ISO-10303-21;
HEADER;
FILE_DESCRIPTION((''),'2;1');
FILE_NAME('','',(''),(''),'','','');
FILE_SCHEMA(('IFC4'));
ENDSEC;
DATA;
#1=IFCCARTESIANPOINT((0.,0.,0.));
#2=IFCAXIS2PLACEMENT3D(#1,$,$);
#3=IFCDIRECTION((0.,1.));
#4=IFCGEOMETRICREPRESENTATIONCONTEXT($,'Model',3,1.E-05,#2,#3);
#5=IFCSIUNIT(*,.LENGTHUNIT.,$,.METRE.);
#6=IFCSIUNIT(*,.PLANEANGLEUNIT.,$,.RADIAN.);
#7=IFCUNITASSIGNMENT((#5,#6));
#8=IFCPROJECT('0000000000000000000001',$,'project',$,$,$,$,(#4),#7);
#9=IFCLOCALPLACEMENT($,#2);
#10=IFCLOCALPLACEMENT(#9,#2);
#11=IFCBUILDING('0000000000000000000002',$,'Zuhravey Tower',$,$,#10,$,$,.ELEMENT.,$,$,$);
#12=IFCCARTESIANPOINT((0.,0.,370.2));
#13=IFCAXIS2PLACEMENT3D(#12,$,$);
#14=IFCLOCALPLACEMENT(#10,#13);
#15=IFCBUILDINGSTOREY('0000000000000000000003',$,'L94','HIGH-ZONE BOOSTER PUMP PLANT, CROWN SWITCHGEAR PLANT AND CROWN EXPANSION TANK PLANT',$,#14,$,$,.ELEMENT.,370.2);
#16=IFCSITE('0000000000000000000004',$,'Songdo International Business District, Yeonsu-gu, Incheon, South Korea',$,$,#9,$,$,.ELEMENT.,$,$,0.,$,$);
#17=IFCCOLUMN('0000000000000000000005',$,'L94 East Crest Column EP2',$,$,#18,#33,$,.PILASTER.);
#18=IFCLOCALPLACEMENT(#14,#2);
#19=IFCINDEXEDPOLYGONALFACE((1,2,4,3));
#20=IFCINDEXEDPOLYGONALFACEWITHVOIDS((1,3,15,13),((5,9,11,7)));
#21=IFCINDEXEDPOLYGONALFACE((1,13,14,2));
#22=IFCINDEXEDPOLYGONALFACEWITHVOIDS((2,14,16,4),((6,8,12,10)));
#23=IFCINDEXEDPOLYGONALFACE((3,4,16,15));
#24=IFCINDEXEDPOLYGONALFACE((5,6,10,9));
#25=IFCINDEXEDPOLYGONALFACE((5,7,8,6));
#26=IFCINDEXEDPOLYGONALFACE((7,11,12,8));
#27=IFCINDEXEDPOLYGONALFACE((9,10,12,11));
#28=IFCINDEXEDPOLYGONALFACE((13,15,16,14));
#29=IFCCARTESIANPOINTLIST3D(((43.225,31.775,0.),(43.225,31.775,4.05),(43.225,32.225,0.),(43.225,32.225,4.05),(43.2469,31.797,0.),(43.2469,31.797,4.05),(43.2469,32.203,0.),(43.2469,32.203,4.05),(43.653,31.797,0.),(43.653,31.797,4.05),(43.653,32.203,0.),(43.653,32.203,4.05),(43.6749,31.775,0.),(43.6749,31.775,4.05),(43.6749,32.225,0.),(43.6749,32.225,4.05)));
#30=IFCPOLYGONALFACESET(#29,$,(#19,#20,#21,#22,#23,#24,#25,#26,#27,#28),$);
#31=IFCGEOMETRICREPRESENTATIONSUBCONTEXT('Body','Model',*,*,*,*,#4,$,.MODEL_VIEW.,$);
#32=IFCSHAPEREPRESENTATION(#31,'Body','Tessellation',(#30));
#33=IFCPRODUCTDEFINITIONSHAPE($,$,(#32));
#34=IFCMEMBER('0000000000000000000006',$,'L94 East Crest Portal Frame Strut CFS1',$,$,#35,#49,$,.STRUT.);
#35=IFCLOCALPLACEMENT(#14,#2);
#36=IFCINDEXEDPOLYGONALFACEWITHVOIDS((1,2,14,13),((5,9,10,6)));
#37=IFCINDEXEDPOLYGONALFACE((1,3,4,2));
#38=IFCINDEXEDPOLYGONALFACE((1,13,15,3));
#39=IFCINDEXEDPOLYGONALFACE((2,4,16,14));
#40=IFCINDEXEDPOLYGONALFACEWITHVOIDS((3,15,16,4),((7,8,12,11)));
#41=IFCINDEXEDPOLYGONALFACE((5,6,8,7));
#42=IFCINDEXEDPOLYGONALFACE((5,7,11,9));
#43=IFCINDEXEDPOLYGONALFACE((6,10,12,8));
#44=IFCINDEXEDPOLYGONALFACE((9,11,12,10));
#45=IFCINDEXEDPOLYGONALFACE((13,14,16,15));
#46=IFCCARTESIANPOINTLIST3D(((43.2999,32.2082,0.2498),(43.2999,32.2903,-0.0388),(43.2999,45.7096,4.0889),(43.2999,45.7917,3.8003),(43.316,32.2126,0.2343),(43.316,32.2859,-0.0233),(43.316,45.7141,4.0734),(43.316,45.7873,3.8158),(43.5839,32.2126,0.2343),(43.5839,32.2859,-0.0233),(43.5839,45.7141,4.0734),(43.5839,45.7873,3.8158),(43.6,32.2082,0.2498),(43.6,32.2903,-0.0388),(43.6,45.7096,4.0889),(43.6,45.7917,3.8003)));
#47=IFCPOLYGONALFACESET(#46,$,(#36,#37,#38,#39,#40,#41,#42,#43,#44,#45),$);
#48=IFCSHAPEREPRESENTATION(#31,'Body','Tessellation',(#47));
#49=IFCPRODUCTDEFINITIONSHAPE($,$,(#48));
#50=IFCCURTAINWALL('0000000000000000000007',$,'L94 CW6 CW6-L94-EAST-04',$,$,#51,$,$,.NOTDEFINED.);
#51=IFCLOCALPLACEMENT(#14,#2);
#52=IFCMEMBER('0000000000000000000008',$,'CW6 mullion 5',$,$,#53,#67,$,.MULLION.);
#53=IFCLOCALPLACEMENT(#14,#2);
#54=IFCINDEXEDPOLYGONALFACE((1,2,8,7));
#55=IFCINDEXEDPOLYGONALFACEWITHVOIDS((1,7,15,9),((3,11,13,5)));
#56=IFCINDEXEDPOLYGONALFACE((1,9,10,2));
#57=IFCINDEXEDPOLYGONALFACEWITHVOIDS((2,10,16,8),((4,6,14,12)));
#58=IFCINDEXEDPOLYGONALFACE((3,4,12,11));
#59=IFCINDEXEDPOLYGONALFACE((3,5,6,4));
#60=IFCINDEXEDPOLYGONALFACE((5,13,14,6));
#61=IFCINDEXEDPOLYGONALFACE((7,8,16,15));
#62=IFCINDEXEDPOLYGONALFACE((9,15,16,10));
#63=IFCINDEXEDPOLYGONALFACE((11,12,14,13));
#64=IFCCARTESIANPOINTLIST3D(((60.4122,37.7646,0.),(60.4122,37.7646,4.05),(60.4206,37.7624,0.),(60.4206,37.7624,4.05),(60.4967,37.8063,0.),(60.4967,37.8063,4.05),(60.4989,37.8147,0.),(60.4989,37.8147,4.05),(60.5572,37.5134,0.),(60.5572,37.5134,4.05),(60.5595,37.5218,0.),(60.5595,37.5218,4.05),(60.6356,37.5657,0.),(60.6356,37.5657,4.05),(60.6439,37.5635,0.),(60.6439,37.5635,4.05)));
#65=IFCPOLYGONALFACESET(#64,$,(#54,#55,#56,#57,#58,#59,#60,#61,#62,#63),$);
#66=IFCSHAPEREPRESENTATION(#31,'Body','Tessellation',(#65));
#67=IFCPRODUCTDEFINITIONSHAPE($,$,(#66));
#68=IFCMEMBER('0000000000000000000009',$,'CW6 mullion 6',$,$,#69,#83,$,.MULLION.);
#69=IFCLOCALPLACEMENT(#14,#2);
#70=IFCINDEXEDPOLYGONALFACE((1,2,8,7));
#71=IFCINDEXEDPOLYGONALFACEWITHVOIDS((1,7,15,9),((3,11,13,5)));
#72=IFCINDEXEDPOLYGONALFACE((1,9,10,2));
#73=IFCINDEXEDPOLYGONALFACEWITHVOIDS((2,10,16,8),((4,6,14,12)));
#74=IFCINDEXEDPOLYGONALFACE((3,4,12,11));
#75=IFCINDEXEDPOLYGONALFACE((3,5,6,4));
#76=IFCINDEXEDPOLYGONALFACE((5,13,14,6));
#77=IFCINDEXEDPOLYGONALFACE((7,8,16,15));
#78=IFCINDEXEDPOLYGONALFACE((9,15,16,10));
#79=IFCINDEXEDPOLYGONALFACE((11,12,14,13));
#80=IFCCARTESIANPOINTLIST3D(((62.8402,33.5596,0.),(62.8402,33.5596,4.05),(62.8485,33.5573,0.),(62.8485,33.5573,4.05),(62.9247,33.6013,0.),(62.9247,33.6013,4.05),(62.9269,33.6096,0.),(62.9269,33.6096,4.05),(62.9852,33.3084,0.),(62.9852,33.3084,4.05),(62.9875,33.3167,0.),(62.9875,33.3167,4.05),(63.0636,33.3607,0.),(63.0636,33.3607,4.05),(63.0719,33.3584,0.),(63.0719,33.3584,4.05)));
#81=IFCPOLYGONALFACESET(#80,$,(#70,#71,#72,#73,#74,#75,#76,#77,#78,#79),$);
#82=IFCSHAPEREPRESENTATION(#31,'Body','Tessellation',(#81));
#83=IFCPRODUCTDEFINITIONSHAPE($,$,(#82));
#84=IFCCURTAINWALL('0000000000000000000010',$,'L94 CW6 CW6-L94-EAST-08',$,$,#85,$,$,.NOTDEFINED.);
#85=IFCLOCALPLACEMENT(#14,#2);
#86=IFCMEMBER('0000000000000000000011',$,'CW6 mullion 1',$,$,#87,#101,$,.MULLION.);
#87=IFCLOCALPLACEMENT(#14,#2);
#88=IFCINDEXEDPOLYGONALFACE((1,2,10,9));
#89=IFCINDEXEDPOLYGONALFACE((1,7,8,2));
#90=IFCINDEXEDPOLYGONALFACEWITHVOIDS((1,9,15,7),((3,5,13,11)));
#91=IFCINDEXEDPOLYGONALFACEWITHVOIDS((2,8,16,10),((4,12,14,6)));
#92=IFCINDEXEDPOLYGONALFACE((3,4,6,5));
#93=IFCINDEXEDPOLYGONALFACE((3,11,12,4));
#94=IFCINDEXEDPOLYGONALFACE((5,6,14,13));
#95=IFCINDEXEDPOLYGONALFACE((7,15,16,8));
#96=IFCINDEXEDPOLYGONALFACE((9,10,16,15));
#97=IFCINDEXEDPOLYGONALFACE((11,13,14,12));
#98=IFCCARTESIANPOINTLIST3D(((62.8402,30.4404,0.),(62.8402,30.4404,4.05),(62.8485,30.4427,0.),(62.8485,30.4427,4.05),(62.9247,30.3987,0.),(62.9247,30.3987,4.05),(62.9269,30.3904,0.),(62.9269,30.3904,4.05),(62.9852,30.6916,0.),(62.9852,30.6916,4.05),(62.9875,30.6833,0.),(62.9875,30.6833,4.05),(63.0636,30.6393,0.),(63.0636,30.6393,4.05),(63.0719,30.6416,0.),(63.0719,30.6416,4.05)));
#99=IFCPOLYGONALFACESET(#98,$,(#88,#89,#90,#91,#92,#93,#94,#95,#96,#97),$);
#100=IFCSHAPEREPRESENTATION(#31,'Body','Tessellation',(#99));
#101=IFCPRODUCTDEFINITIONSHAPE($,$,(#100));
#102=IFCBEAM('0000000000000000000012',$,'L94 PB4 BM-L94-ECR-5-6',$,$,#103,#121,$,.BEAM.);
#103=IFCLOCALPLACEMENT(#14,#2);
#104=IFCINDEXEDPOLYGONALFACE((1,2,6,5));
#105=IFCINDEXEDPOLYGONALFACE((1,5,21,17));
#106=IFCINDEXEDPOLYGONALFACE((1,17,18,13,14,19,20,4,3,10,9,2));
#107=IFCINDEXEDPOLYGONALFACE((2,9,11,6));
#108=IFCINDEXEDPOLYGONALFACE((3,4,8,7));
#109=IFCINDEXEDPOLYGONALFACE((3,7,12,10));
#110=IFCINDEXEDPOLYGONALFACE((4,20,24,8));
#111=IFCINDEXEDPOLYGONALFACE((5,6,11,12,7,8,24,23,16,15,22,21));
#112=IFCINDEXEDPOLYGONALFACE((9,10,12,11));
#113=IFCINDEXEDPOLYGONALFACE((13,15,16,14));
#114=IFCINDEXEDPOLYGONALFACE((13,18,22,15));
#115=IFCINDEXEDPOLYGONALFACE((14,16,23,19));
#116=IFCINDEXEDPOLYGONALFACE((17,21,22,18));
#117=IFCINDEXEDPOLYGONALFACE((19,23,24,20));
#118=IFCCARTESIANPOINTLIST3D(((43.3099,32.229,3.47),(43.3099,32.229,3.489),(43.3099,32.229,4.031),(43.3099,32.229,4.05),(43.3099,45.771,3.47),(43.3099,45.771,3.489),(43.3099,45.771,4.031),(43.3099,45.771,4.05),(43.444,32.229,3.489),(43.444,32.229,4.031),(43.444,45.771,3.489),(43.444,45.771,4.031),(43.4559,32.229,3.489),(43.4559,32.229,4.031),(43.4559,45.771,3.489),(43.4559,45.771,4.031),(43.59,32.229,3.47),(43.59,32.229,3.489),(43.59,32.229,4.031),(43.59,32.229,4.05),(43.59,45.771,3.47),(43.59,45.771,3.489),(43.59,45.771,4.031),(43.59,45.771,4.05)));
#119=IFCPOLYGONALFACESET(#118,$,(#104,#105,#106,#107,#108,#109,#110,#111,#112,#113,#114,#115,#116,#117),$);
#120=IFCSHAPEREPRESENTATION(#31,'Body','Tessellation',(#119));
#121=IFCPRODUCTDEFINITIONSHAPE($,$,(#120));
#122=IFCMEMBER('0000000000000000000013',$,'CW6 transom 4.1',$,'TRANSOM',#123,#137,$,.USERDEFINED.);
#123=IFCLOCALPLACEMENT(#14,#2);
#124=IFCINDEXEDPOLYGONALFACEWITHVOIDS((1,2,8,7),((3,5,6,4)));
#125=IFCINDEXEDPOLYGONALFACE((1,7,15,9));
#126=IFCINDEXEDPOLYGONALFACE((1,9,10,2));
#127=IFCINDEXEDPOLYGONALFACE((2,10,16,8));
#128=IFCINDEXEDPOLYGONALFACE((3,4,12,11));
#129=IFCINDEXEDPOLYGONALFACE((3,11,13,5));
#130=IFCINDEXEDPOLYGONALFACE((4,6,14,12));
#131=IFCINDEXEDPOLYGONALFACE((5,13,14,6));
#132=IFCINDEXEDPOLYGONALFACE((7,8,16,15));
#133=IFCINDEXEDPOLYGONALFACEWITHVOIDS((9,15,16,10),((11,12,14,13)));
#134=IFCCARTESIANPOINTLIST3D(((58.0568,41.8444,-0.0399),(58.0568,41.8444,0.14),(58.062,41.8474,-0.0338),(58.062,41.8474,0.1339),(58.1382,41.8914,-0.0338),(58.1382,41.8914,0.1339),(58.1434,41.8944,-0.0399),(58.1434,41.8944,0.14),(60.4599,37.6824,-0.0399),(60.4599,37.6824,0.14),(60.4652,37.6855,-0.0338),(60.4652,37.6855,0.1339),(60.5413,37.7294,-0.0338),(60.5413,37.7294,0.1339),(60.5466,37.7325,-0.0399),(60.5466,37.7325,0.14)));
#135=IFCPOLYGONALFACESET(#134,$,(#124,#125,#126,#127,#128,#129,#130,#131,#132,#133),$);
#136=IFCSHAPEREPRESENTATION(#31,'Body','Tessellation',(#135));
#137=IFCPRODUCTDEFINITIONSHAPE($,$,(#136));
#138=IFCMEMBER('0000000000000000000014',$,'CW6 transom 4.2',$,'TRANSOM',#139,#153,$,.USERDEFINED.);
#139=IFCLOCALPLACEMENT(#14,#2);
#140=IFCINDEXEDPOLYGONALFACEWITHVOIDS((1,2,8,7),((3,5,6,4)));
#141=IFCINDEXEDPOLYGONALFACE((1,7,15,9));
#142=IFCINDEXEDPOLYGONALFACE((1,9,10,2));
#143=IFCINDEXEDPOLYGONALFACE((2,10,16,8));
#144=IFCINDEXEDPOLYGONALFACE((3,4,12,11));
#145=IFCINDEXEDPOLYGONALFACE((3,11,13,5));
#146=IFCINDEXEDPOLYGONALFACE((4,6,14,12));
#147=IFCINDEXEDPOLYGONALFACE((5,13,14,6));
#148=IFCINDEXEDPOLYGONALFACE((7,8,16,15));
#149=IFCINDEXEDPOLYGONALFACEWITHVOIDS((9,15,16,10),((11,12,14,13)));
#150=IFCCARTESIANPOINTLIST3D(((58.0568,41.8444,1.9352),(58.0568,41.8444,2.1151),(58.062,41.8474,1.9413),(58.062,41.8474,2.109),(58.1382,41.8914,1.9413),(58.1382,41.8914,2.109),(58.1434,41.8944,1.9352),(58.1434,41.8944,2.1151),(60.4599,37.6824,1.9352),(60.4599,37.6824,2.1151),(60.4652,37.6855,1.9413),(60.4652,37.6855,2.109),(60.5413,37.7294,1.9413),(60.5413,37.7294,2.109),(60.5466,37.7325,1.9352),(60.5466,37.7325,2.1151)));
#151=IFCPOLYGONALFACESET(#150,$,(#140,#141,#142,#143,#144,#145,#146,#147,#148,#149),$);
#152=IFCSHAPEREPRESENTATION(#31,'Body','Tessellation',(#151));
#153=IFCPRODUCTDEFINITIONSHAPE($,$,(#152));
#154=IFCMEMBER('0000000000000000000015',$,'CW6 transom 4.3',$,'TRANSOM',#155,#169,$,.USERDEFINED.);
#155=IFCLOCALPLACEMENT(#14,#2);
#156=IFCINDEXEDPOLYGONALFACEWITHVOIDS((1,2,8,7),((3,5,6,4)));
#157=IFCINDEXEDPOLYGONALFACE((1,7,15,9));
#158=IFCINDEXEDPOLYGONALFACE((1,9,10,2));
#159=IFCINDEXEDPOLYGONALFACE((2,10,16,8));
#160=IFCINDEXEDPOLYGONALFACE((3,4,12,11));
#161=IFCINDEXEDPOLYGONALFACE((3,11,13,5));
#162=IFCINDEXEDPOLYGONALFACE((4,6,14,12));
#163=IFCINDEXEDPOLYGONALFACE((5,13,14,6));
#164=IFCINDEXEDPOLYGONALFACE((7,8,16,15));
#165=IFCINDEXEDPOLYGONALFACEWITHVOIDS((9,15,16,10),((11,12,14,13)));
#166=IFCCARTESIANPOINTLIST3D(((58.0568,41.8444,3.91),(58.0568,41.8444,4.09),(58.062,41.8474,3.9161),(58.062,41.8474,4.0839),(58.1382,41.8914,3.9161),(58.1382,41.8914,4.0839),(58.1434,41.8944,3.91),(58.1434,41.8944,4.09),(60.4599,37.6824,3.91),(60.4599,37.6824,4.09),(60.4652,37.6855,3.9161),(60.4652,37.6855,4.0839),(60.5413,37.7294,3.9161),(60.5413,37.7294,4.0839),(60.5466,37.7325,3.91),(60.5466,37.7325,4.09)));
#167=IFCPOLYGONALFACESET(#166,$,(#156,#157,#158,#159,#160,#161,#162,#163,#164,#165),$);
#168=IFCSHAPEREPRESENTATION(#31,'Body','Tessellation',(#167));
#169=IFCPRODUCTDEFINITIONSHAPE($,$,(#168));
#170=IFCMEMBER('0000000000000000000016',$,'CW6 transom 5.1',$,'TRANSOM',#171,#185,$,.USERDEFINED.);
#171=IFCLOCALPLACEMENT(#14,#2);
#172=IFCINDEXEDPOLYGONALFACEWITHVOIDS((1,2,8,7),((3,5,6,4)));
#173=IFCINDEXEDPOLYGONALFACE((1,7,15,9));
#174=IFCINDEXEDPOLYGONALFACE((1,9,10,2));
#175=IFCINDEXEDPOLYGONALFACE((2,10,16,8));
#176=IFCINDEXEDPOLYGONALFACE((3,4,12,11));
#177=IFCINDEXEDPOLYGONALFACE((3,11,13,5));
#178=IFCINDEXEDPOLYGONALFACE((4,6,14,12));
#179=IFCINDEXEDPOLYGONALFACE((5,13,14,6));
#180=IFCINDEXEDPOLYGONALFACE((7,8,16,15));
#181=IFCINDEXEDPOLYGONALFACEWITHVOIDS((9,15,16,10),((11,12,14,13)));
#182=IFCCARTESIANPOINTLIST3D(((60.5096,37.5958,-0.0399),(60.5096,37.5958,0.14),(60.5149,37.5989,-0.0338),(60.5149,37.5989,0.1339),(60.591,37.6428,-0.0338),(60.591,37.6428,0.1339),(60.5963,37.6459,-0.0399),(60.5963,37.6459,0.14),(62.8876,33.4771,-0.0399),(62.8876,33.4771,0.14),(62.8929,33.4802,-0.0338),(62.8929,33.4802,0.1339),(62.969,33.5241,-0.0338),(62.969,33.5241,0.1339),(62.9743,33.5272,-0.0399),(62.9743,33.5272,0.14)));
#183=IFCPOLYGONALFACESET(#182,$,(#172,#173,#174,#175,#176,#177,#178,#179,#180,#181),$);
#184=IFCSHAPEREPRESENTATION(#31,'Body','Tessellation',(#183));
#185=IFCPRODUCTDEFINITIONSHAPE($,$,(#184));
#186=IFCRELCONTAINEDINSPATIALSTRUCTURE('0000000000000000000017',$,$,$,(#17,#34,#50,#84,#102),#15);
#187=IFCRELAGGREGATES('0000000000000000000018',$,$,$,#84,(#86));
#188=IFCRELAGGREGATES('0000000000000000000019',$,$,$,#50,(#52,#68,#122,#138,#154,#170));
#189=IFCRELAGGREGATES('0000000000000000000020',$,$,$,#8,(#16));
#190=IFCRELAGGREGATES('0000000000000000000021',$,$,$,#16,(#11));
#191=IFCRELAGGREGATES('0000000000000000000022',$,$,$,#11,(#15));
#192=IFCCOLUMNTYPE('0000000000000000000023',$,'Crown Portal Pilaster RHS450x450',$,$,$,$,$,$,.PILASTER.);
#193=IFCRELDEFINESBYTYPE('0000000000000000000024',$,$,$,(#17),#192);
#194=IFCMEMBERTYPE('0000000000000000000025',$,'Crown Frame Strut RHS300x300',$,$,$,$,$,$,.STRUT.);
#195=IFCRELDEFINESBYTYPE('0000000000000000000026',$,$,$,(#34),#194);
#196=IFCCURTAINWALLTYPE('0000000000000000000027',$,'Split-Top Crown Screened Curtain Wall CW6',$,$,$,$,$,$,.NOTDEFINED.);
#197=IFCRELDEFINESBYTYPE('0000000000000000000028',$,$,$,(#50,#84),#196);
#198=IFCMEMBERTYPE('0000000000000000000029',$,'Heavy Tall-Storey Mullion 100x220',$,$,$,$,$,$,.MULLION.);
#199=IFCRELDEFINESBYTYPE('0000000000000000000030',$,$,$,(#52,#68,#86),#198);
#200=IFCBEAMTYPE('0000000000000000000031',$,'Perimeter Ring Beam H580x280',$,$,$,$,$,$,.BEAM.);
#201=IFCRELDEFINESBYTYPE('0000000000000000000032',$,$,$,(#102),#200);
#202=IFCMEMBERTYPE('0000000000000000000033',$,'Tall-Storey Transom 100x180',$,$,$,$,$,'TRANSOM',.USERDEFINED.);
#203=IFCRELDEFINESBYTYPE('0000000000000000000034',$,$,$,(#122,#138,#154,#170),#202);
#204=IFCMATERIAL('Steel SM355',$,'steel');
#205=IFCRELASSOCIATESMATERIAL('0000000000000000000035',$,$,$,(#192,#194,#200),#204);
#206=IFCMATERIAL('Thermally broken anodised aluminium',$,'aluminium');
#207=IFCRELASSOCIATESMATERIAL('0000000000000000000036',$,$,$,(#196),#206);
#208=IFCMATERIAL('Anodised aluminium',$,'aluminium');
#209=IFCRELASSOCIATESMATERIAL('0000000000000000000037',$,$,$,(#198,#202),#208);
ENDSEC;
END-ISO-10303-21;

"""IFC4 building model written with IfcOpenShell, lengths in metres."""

from ifc_helpers import new_model, si_unit, direction, frame, origin, origin_2d, place, context, subcontext, project, spatial, hollow_rectangle, i_section, extrude, material, material_profile, profile_set, type_object, element, aggregate, save


model = new_model("IFC4")

# Units and contexts
model_context = context("Model", 3, precision=1e-05, world=origin(), true_north=direction((0.0, 1.0)))
body_context = subcontext(model_context, "Body", "Model", "MODEL_VIEW")
ifc_project = project(units=[si_unit("LENGTHUNIT", "METRE"), si_unit("PLANEANGLEUNIT", "RADIAN")], contexts=[model_context])

# Site, building, storey
site_placement = place(None, origin())
site = spatial("IfcSite", under=ifc_project, at=site_placement, Name="Songdo International Business District, Yeonsu-gu, Incheon, South Korea", CompositionType="ELEMENT", RefElevation=0.0)
building_placement = place(site_placement, origin())
building = spatial("IfcBuilding", under=site, at=building_placement, Name="Zuhravey Tower", CompositionType="ELEMENT")
storey_placement = place(building_placement, frame((0.0, 0.0, 370.2)))
storey = spatial("IfcBuildingStorey", under=building, at=storey_placement, Name="L94", Description="HIGH-ZONE BOOSTER PUMP PLANT, CROWN SWITCHGEAR PLANT AND CROWN EXPANSION TANK PLANT", CompositionType="ELEMENT", Elevation=370.2)

# Column
ifc_material_1 = material(Name="Steel SM355", Category="steel")
ifc_material_profile_1 = material_profile(ifc_material_1, hollow_rectangle(XDim=0.45, YDim=0.45, WallThickness=0.022, at=origin_2d()), Name="RHS-450x450x22")
ifc_profile_set_1 = profile_set([ifc_material_profile_1], Name="Steel SM355")
column_type = type_object("IfcColumnType", Name="Crown Portal Pilaster RHS450x450", PredefinedType="PILASTER", material=ifc_profile_set_1)
column_placement = place(storey_placement, frame((43.45, 32.0, 0.0), z_axis=(0.0, 0.0, 1.0), x_axis=(1.0, 0.0, 0.0)))
element("IfcColumn", 1, at=column_placement, inside=storey, type_object=column_type, Name="L94 East Crest Column EP2", PredefinedType="PILASTER", context=body_context, shape_type="SweptSolid", body=[
    extrude(hollow_rectangle(XDim=0.45, YDim=0.45, WallThickness=0.022, at=origin_2d()), origin(), (0.0, 0.0, 1.0), 4.05),
])

# Member
ifc_material_profile_2 = material_profile(ifc_material_1, hollow_rectangle(XDim=0.3, YDim=0.3, WallThickness=0.0161, at=origin_2d()), Name="RHS-300x300x16")
ifc_profile_set_2 = profile_set([ifc_material_profile_2], Name="Steel SM355")
member_type_1 = type_object("IfcMemberType", Name="Crown Frame Strut RHS300x300", PredefinedType="STRUT", material=ifc_profile_set_2)
member_1_placement = place(storey_placement, frame((43.45, 32.2493, 0.1055), z_axis=(0.0, 0.96187, 0.273506), x_axis=(-1.0, 0.0, 0.0)))
element("IfcMember", 2, at=member_1_placement, inside=storey, type_object=member_type_1, Name="L94 East Crest Portal Frame Strut CFS1", PredefinedType="STRUT", context=body_context, shape_type="SweptSolid", body=[
    extrude(hollow_rectangle(XDim=0.3, YDim=0.3, WallThickness=0.0161, at=origin_2d()), origin(), (0.0, 0.0, 1.0), 14.0366),
])

# Curtain wall, members
ifc_material_2 = material(Name="Thermally broken anodised aluminium", Category="aluminium")
curtain_wall_type = type_object("IfcCurtainWallType", Name="Split-Top Crown Screened Curtain Wall CW6", PredefinedType="NOTDEFINED", material=ifc_material_2)
curtain_wall_1_placement = place(storey_placement, origin())
curtain_wall_1 = element("IfcCurtainWall", 3, at=curtain_wall_1_placement, inside=storey, type_object=curtain_wall_type, Name="L94 CW6 CW6-L94-EAST-04", PredefinedType="NOTDEFINED")
ifc_material_3 = material(Name="Anodised aluminium", Category="aluminium")
ifc_material_profile_3 = material_profile(ifc_material_3, hollow_rectangle(XDim=0.1001, YDim=0.29, WallThickness=0.0061, at=origin_2d()), Name="ALU-RHS-100x290x6")
ifc_profile_set_3 = profile_set([ifc_material_profile_3], Name="Anodised aluminium")
member_type_2 = type_object("IfcMemberType", Name="Heavy Tall-Storey Mullion 100x220", PredefinedType="MULLION", material=ifc_profile_set_3)
member_2_placement = place(storey_placement, frame((60.5281, 37.6641, 0.0), z_axis=(0.0, 0.0, 1.0), x_axis=(0.866027, 0.499997, 0.0)))
member_2 = element("IfcMember", 4, at=member_2_placement, type_object=member_type_2, Name="CW6 mullion 5", PredefinedType="MULLION", context=body_context, shape_type="SweptSolid", body=[
    extrude(hollow_rectangle(XDim=0.1001, YDim=0.29, WallThickness=0.0061, at=origin_2d()), origin(), (0.0, 0.0, 1.0), 4.05),
])
member_3_placement = place(storey_placement, frame((62.9561, 33.459, 0.0), z_axis=(0.0, 0.0, 1.0), x_axis=(0.866027, 0.499997, 0.0)))
member_3 = element("IfcMember", 5, at=member_3_placement, type_object=member_type_2, Name="CW6 mullion 6", PredefinedType="MULLION", context=body_context, shape_type="SweptSolid", body=[
    extrude(hollow_rectangle(XDim=0.1001, YDim=0.29, WallThickness=0.0061, at=origin_2d()), origin(), (0.0, 0.0, 1.0), 4.05),
])

# Curtain wall, member
curtain_wall_2_placement = place(storey_placement, origin())
curtain_wall_2 = element("IfcCurtainWall", 6, at=curtain_wall_2_placement, inside=storey, type_object=curtain_wall_type, Name="L94 CW6 CW6-L94-EAST-08", PredefinedType="NOTDEFINED")
member_4_placement = place(storey_placement, frame((62.9561, 30.541, 0.0), z_axis=(0.0, 0.0, 1.0), x_axis=(0.866027, -0.499997, 0.0)))
member_4 = element("IfcMember", 7, at=member_4_placement, type_object=member_type_2, Name="CW6 mullion 1", PredefinedType="MULLION", context=body_context, shape_type="SweptSolid", body=[
    extrude(hollow_rectangle(XDim=0.1001, YDim=0.29, WallThickness=0.0061, at=origin_2d()), origin(), (0.0, 0.0, 1.0), 4.05),
])

# Beam
ifc_material_profile_4 = material_profile(ifc_material_1, i_section(OverallWidth=0.28, OverallDepth=0.5801, WebThickness=0.012, FlangeThickness=0.019, at=origin_2d()), Name="H-580x280x12x19")
ifc_profile_set_4 = profile_set([ifc_material_profile_4], Name="Steel SM355")
beam_type = type_object("IfcBeamType", Name="Perimeter Ring Beam H580x280", PredefinedType="BEAM", material=ifc_profile_set_4)
beam_placement = place(storey_placement, frame((43.45, 32.229, 3.76), z_axis=(0.0, 1.0, 0.0), x_axis=(-1.0, 0.0, 0.0)))
element("IfcBeam", 8, at=beam_placement, inside=storey, type_object=beam_type, Name="L94 PB4 BM-L94-ECR-5-6", PredefinedType="BEAM", context=body_context, shape_type="SweptSolid", body=[
    extrude(i_section(OverallWidth=0.28, OverallDepth=0.5801, WebThickness=0.012, FlangeThickness=0.019, at=origin_2d()), origin(), (0.0, 0.0, 1.0), 13.542),
])

# Members
ifc_material_profile_5 = material_profile(ifc_material_3, hollow_rectangle(XDim=0.1001, YDim=0.1799, WallThickness=0.0061, at=origin_2d()), Name="ALU-RHS-100x180x6")
ifc_profile_set_5 = profile_set([ifc_material_profile_5], Name="Anodised aluminium")
member_type_3 = type_object("IfcMemberType", Name="Tall-Storey Transom 100x180", ElementType="TRANSOM", PredefinedType="USERDEFINED", material=ifc_profile_set_5)
member_5_placement = place(storey_placement, frame((58.1001, 41.8694, 0.05), z_axis=(0.500035, -0.866005, 0.0), x_axis=(0.866005, 0.500035, 0.0)))
member_5 = element("IfcMember", 9, at=member_5_placement, type_object=member_type_3, Name="CW6 transom 4.1", ObjectType="TRANSOM", PredefinedType="USERDEFINED", context=body_context, shape_type="SweptSolid", body=[
    extrude(hollow_rectangle(XDim=0.1001, YDim=0.1799, WallThickness=0.0061, at=origin_2d()), origin(), (0.0, 0.0, 1.0), 4.8059),
])
member_6_placement = place(storey_placement, frame((58.1001, 41.8694, 2.0251), z_axis=(0.500035, -0.866005, 0.0), x_axis=(0.866005, 0.500035, 0.0)))
member_6 = element("IfcMember", 10, at=member_6_placement, type_object=member_type_3, Name="CW6 transom 4.2", ObjectType="TRANSOM", PredefinedType="USERDEFINED", context=body_context, shape_type="SweptSolid", body=[
    extrude(hollow_rectangle(XDim=0.1001, YDim=0.1799, WallThickness=0.0061, at=origin_2d()), origin(), (0.0, 0.0, 1.0), 4.8059),
])
member_7_placement = place(storey_placement, frame((58.1001, 41.8694, 4.0), z_axis=(0.500035, -0.866005, 0.0), x_axis=(0.866005, 0.500035, 0.0)))
member_7 = element("IfcMember", 11, at=member_7_placement, type_object=member_type_3, Name="CW6 transom 4.3", ObjectType="TRANSOM", PredefinedType="USERDEFINED", context=body_context, shape_type="SweptSolid", body=[
    extrude(hollow_rectangle(XDim=0.1001, YDim=0.1799, WallThickness=0.0061, at=origin_2d()), origin(), (0.0, 0.0, 1.0), 4.8059),
])
member_8_placement = place(storey_placement, frame((60.553, 37.6208, 0.05), z_axis=(0.500004, -0.866023, 0.0), x_axis=(0.866023, 0.500004, 0.0)))
member_8 = element("IfcMember", 12, at=member_8_placement, type_object=member_type_3, Name="CW6 transom 5.1", ObjectType="TRANSOM", PredefinedType="USERDEFINED", context=body_context, shape_type="SweptSolid", body=[
    extrude(hollow_rectangle(XDim=0.1001, YDim=0.1799, WallThickness=0.0061, at=origin_2d()), origin(), (0.0, 0.0, 1.0), 4.7559),
])
aggregate(curtain_wall_2, [member_4])

aggregate(curtain_wall_1, [member_2, member_3, member_5, member_6, member_7, member_8])

save(model, "model.ifc")
